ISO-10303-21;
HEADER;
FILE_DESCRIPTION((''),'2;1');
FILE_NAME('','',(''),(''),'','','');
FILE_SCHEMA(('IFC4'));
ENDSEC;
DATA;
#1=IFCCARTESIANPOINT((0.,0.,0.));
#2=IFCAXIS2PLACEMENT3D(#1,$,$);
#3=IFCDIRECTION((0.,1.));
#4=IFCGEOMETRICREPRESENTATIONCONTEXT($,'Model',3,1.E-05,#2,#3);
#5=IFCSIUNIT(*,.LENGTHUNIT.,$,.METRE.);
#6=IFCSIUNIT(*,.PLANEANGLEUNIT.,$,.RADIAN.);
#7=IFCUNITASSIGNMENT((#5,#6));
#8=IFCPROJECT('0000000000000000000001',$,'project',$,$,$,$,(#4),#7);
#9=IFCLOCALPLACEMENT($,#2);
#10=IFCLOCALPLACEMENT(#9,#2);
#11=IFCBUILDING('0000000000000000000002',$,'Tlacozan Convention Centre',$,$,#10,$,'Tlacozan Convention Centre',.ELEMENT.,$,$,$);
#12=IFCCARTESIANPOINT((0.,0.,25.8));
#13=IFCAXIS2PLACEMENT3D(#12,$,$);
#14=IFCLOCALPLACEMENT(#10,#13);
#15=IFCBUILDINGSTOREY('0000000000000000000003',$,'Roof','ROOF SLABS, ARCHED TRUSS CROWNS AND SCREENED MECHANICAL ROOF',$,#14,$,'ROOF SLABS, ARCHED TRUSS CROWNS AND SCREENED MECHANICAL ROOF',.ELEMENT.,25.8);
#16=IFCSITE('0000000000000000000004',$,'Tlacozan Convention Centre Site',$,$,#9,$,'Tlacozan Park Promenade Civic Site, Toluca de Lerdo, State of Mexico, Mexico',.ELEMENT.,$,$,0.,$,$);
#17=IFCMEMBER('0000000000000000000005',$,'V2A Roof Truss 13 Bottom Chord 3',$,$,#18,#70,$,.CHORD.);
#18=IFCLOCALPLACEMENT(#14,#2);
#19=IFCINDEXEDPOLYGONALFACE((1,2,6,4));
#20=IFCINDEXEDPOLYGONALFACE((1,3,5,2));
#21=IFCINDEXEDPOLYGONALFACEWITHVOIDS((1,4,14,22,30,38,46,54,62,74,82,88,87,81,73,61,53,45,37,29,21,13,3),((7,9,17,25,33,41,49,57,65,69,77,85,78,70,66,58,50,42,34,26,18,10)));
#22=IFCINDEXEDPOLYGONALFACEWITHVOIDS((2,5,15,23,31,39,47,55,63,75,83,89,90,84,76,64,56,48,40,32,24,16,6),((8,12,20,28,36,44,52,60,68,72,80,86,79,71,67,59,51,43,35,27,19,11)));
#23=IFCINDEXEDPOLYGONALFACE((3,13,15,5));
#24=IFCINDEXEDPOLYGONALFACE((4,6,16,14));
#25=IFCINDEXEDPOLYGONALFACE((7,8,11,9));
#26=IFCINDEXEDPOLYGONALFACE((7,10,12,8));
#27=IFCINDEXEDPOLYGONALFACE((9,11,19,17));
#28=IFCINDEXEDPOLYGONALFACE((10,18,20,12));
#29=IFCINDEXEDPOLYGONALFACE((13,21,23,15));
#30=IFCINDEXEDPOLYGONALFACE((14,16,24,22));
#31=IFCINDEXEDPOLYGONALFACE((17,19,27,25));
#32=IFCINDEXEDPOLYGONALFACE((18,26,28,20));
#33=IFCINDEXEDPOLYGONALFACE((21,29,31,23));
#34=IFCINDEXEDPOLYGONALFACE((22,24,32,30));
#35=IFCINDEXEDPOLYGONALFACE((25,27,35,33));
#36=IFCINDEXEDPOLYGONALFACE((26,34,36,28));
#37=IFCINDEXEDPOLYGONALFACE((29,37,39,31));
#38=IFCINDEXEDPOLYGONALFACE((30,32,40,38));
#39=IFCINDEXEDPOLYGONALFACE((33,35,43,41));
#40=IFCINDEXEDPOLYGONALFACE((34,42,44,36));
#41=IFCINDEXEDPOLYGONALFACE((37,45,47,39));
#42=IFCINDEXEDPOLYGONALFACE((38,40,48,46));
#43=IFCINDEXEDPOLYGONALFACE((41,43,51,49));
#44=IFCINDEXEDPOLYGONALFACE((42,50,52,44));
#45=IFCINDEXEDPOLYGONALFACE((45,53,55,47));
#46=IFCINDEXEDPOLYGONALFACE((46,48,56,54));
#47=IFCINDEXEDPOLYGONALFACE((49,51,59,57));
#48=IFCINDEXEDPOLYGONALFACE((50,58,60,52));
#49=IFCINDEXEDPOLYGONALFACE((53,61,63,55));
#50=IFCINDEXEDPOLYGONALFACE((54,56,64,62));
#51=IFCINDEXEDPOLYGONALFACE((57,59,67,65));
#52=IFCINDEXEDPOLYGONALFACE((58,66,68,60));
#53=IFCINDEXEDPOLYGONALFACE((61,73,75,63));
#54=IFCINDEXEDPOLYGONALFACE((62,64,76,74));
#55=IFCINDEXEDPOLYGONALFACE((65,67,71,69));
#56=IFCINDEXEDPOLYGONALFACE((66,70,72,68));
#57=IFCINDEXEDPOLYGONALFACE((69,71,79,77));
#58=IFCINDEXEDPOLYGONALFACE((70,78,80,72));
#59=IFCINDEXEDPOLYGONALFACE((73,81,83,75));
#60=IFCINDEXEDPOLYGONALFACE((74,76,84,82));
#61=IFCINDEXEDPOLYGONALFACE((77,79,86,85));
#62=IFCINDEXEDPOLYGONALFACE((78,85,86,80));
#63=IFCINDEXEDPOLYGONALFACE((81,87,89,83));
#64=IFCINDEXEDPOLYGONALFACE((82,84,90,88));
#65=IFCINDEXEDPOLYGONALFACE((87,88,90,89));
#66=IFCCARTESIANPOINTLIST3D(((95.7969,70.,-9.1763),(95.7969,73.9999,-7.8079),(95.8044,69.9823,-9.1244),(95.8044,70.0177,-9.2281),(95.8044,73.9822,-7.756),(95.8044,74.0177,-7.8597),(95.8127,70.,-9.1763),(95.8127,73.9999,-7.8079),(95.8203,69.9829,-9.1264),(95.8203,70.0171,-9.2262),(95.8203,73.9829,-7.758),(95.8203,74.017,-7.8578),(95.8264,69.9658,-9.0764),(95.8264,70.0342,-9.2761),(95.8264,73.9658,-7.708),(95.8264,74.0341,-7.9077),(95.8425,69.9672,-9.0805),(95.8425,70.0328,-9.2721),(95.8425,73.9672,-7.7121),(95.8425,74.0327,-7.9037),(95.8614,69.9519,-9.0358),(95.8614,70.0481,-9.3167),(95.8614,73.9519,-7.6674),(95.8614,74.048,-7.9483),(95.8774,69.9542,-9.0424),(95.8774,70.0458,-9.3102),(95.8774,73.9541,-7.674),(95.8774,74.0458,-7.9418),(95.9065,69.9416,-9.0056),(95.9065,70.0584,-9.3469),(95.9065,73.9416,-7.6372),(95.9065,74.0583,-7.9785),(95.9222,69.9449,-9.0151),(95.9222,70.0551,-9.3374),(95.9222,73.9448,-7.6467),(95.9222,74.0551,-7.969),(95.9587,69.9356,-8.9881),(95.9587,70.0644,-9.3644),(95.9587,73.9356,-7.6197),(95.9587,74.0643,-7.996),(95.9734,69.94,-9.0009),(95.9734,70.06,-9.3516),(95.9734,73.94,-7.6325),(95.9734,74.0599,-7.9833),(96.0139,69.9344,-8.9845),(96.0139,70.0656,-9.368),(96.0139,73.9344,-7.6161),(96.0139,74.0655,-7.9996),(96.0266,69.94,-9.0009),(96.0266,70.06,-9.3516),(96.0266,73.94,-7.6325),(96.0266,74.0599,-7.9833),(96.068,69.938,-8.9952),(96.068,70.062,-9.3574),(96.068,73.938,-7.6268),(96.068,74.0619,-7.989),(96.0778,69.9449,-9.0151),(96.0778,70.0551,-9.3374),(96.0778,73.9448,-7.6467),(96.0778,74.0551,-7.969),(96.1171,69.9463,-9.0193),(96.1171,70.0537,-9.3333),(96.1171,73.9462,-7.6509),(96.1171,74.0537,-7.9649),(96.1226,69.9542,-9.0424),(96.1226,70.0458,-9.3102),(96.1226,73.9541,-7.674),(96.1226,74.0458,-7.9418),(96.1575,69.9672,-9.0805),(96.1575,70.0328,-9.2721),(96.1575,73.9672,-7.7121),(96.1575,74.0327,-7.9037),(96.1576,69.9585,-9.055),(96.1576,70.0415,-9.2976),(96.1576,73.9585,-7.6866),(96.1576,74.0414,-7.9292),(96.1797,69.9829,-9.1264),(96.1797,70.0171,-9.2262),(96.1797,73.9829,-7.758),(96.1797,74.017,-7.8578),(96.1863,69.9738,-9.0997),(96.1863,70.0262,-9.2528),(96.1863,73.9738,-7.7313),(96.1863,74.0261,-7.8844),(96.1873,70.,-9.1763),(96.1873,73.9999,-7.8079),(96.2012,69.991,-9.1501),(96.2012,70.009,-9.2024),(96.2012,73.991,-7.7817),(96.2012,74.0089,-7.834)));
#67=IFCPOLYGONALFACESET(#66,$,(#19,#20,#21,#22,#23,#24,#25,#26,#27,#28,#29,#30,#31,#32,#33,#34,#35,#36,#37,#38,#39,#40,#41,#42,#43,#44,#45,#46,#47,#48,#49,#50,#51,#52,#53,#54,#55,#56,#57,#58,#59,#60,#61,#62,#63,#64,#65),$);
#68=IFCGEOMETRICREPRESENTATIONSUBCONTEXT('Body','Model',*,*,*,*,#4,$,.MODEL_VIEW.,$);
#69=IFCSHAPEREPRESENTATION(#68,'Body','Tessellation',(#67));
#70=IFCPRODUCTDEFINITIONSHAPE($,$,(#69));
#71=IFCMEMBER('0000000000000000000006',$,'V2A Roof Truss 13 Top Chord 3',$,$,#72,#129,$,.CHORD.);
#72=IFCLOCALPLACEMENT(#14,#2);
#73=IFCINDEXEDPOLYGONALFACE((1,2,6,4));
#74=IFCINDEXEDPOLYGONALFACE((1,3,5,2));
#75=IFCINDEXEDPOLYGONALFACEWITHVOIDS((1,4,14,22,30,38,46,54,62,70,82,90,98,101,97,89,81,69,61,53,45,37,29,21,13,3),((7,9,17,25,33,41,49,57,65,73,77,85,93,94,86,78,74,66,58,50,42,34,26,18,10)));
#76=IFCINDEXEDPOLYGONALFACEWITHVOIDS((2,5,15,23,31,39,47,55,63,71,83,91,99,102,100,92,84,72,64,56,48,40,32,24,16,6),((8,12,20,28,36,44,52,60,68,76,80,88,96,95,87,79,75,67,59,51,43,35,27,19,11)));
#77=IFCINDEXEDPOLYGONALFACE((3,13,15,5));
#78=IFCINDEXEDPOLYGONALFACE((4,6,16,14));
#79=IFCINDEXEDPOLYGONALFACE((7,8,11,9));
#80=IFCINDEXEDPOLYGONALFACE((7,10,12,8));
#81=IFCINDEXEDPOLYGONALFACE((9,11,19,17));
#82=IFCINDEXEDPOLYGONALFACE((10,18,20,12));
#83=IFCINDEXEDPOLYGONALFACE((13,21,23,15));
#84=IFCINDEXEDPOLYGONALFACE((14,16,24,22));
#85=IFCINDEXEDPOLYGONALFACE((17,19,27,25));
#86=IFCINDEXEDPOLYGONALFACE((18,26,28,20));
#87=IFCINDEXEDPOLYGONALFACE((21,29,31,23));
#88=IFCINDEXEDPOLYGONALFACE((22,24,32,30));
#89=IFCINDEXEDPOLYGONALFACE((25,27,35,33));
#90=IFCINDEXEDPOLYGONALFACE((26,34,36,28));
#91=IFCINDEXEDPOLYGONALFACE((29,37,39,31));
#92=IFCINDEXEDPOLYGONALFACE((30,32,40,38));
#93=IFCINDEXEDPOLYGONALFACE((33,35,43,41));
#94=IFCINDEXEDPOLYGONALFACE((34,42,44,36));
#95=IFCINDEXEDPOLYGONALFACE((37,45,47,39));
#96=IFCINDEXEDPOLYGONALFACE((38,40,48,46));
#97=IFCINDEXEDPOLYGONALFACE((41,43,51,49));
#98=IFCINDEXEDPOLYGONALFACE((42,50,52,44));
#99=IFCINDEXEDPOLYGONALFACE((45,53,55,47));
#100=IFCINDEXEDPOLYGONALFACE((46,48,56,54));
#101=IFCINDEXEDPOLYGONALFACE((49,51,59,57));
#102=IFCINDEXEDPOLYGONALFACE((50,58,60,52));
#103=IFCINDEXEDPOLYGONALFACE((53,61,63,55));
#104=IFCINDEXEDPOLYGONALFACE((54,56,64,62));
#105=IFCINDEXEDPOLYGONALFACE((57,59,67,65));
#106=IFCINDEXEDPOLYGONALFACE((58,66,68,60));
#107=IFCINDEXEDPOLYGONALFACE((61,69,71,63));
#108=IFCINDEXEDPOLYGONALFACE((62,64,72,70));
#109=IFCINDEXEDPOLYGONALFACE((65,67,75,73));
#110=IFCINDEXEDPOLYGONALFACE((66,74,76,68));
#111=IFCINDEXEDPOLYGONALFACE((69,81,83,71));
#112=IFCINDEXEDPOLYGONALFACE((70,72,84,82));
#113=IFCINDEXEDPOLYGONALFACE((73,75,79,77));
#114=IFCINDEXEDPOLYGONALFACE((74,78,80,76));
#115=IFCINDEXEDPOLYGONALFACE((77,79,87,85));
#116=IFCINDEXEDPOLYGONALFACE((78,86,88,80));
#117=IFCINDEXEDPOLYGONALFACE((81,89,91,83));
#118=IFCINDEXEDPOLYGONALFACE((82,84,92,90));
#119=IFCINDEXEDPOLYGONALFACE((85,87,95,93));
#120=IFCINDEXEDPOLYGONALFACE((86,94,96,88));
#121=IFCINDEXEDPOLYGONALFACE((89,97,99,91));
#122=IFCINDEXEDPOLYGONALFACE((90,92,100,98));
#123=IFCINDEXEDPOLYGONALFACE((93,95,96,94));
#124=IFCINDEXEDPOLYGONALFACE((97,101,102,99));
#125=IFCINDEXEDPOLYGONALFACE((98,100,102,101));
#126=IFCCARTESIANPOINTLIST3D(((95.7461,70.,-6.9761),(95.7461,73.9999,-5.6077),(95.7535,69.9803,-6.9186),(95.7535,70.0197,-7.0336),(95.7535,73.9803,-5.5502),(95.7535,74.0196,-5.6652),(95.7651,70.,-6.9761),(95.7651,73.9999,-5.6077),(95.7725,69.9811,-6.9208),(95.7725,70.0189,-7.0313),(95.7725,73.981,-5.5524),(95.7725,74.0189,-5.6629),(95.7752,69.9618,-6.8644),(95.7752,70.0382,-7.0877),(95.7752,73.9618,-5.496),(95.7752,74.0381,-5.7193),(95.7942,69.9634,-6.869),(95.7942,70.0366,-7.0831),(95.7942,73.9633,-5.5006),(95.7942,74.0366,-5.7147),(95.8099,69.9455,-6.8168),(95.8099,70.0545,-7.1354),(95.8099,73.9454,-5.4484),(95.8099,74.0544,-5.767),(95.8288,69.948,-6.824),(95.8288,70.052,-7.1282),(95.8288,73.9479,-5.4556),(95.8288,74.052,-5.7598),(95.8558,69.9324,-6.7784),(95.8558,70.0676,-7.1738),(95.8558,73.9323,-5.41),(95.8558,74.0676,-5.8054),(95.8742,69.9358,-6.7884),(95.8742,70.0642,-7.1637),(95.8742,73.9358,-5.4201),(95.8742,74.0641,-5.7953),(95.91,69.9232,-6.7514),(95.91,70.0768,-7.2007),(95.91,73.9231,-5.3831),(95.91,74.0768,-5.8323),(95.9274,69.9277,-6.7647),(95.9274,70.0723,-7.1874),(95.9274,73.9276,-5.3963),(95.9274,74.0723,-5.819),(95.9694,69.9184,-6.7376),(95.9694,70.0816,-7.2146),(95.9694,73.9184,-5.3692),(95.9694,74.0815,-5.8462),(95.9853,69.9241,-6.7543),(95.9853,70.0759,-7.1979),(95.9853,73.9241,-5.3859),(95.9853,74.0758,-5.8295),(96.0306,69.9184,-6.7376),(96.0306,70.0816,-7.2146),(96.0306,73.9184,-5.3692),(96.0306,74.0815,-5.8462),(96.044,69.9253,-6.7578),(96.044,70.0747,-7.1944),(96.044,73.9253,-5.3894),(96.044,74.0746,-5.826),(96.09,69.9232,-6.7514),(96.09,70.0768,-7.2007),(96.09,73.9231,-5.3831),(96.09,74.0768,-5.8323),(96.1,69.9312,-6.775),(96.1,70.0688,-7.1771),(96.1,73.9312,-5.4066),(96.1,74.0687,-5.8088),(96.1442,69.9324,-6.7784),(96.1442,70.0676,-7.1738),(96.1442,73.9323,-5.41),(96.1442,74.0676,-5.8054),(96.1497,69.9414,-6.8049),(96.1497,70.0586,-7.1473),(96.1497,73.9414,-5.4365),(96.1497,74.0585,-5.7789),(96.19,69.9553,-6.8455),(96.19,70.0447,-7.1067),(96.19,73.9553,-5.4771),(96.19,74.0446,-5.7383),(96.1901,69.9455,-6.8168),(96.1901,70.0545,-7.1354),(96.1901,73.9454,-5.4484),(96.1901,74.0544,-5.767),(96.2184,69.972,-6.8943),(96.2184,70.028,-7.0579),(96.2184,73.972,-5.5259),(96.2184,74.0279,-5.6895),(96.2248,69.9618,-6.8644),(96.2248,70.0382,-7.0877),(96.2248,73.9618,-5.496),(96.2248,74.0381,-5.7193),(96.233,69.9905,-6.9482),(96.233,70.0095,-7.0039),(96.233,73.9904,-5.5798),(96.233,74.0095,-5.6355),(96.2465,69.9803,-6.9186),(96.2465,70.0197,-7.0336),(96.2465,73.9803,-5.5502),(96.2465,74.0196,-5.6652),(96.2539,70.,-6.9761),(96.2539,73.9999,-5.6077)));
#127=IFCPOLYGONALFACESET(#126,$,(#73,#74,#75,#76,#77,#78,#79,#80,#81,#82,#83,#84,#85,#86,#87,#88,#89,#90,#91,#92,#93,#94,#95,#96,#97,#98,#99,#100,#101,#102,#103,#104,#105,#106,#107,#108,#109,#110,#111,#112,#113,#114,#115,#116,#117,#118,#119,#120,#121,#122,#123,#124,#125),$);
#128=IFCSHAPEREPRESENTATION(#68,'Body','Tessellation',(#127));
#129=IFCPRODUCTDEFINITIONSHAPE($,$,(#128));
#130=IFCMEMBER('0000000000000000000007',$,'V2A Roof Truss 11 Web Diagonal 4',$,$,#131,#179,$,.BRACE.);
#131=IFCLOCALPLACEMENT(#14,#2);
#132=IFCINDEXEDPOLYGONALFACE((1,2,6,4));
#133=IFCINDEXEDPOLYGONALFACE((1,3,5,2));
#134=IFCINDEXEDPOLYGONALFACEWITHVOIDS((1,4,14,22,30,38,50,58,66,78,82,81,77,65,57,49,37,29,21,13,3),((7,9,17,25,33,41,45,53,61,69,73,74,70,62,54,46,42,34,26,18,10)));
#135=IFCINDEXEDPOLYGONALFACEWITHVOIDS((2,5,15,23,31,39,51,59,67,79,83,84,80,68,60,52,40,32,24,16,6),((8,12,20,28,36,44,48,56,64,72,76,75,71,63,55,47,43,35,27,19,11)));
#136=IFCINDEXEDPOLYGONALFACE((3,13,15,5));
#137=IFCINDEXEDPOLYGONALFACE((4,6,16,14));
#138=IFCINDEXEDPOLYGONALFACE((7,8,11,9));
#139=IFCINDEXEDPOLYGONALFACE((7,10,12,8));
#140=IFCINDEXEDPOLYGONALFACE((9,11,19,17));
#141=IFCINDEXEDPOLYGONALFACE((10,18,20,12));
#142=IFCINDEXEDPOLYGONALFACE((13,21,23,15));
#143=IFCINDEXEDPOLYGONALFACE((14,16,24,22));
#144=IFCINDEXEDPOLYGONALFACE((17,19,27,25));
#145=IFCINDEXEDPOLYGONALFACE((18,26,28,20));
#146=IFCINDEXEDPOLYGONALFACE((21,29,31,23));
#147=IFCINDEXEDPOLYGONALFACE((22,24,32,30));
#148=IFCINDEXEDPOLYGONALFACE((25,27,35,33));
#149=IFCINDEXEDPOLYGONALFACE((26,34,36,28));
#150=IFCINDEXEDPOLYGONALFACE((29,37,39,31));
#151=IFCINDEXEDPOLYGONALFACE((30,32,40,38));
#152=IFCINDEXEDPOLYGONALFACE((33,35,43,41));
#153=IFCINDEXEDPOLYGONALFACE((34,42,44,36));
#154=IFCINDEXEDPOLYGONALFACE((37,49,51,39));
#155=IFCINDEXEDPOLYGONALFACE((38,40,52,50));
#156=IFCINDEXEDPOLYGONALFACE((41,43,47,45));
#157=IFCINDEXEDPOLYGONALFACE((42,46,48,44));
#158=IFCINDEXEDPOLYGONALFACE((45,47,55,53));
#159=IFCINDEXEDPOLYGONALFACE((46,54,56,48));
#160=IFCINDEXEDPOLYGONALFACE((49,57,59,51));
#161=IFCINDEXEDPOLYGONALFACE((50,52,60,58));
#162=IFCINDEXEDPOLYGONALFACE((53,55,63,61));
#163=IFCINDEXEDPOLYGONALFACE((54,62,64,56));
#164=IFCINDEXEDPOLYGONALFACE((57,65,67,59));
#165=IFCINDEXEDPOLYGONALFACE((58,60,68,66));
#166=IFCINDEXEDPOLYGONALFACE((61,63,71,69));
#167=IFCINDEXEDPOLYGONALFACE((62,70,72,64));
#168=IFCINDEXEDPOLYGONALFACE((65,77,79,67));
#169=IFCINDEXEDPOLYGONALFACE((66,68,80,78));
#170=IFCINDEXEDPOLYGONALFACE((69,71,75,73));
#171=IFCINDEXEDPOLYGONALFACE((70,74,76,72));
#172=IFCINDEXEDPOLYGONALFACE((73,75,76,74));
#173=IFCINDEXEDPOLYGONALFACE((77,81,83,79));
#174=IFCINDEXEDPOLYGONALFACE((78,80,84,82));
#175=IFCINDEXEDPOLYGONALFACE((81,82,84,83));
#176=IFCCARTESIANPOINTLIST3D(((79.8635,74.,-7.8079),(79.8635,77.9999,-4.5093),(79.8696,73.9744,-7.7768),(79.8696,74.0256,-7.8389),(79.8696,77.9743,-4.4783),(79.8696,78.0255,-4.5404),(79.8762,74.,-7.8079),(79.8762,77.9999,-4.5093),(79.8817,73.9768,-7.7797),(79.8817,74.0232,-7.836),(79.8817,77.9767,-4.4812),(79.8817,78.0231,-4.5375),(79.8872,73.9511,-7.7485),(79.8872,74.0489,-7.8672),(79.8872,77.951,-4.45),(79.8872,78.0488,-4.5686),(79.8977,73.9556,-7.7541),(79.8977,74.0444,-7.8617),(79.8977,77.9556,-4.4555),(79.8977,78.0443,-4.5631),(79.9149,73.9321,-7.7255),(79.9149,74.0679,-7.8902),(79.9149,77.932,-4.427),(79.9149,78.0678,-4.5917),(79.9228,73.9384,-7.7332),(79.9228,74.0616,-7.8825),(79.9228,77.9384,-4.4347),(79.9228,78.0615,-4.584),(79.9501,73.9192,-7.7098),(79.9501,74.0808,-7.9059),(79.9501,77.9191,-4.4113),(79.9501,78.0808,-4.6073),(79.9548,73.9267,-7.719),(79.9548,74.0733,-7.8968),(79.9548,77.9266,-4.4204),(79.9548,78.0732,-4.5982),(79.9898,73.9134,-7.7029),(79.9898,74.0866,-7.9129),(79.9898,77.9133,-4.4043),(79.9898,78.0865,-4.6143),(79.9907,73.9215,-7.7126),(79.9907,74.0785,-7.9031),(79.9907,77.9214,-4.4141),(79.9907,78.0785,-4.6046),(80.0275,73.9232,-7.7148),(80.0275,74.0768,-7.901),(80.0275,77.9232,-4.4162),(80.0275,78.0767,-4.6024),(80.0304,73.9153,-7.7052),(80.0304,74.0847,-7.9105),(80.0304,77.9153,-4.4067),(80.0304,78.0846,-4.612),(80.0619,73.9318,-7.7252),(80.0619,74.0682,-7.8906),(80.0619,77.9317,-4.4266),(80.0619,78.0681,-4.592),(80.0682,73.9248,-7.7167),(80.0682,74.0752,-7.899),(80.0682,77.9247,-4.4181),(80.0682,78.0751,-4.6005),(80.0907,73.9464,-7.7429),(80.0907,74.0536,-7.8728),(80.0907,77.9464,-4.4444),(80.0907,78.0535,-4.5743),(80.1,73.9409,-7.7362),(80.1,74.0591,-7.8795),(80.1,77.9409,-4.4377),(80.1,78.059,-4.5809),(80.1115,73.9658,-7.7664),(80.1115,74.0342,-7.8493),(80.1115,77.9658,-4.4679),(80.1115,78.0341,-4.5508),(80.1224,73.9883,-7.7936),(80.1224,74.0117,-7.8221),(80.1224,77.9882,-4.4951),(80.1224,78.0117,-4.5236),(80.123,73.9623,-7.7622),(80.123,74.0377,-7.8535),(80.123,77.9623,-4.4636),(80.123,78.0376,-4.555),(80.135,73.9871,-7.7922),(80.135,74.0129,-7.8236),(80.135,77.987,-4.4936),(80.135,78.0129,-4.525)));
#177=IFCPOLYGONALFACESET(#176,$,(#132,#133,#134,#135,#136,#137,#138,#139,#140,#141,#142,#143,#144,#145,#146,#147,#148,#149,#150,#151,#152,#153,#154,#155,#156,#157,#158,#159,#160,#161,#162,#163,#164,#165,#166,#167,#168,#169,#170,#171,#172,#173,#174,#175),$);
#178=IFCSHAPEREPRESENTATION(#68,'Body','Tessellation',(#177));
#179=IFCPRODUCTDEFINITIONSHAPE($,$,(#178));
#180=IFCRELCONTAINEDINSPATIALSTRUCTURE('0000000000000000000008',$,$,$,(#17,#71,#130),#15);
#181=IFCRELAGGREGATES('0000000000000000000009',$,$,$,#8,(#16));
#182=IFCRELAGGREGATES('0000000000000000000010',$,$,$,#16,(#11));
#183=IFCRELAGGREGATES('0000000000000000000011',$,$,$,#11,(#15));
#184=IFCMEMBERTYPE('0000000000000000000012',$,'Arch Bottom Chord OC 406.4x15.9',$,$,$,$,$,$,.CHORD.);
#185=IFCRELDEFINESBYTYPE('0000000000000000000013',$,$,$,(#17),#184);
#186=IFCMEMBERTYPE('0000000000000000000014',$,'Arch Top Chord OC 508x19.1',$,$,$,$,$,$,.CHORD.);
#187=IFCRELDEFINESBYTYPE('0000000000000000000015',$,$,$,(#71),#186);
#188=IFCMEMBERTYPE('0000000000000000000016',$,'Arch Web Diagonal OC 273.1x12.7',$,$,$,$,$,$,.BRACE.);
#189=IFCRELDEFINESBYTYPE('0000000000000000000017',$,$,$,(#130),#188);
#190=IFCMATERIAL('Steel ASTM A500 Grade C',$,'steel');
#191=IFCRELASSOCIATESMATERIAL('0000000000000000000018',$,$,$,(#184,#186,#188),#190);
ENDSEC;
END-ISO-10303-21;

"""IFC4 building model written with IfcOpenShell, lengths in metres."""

from ifc_helpers import new_model, si_unit, direction, frame, origin, origin_2d, place, context, subcontext, project, spatial, hollow_circle, extrude, material, material_profile, profile_set, type_object, element, save


model = new_model("IFC4")

# Units and contexts
model_context = context("Model", 3, precision=1e-05, world=origin(), true_north=direction((0.0, 1.0)))
body_context = subcontext(model_context, "Body", "Model", "MODEL_VIEW")
ifc_project = project(units=[si_unit("LENGTHUNIT", "METRE"), si_unit("PLANEANGLEUNIT", "RADIAN")], contexts=[model_context])

# Site, building, storey
site_placement = place(None, origin())
site = spatial("IfcSite", under=ifc_project, at=site_placement, Name="Tlacozan Convention Centre Site", LongName="Tlacozan Park Promenade Civic Site, Toluca de Lerdo, State of Mexico, Mexico", CompositionType="ELEMENT", RefElevation=0.0)
building_placement = place(site_placement, origin())
building = spatial("IfcBuilding", under=site, at=building_placement, Name="Tlacozan Convention Centre", LongName="Tlacozan Convention Centre", CompositionType="ELEMENT")
storey_placement = place(building_placement, frame((0.0, 0.0, 25.8)))
storey = spatial("IfcBuildingStorey", under=building, at=storey_placement, Name="Roof", Description="ROOF SLABS, ARCHED TRUSS CROWNS AND SCREENED MECHANICAL ROOF", LongName="ROOF SLABS, ARCHED TRUSS CROWNS AND SCREENED MECHANICAL ROOF", CompositionType="ELEMENT", Elevation=25.8)

# Members
ifc_material_1 = material(Name="Steel ASTM A500 Grade C", Category="steel")
ifc_material_profile_1 = material_profile(ifc_material_1, hollow_circle(Radius=0.2031, WallThickness=0.0159, at=origin_2d()), Name="OC 406.4x15.9")
ifc_profile_set_1 = profile_set([ifc_material_profile_1], Name="Steel ASTM A500 Grade C")
member_type_1 = type_object("IfcMemberType", Name="Arch Bottom Chord OC 406.4x15.9", PredefinedType="CHORD", material=ifc_profile_set_1)
member_1_placement = place(storey_placement, frame((96.0, 70.0, -9.1763), z_axis=(0.0, 0.946165, 0.323685), x_axis=(-1.0, 0.0, 0.0)))
element("IfcMember", 1, at=member_1_placement, inside=storey, type_object=member_type_1, Name="V2A Roof Truss 13 Bottom Chord 3", PredefinedType="CHORD", context=body_context, shape_type="SweptSolid", body=[
    extrude(hollow_circle(Radius=0.2031, WallThickness=0.0159, at=origin_2d()), origin(), (0.0, 0.0, 1.0), 4.2275),
])
ifc_material_profile_2 = material_profile(ifc_material_1, hollow_circle(Radius=0.2539, WallThickness=0.019, at=origin_2d()), Name="OC 508.0x19.1")
ifc_profile_set_2 = profile_set([ifc_material_profile_2], Name="Steel ASTM A500 Grade C")
member_type_2 = type_object("IfcMemberType", Name="Arch Top Chord OC 508x19.1", PredefinedType="CHORD", material=ifc_profile_set_2)
member_2_placement = place(storey_placement, frame((96.0, 70.0, -6.9761), z_axis=(0.0, 0.946165, 0.323685), x_axis=(-1.0, 0.0, 0.0)))
element("IfcMember", 2, at=member_2_placement, inside=storey, type_object=member_type_2, Name="V2A Roof Truss 13 Top Chord 3", PredefinedType="CHORD", context=body_context, shape_type="SweptSolid", body=[
    extrude(hollow_circle(Radius=0.2539, WallThickness=0.019, at=origin_2d()), origin(), (0.0, 0.0, 1.0), 4.2275),
])
ifc_material_profile_3 = material_profile(ifc_material_1, hollow_circle(Radius=0.1365, WallThickness=0.0127, at=origin_2d()), Name="OC 273.1x12.7")
ifc_profile_set_3 = profile_set([ifc_material_profile_3], Name="Steel ASTM A500 Grade C")
member_type_3 = type_object("IfcMemberType", Name="Arch Web Diagonal OC 273.1x12.7", PredefinedType="BRACE", material=ifc_profile_set_3)
member_3_placement = place(storey_placement, frame((80.0, 74.0, -7.8079), z_axis=(0.0, 0.771507, 0.63622), x_axis=(-1.0, 0.0, 0.0)))
element("IfcMember", 3, at=member_3_placement, inside=storey, type_object=member_type_3, Name="V2A Roof Truss 11 Web Diagonal 4", PredefinedType="BRACE", context=body_context, shape_type="SweptSolid", body=[
    extrude(hollow_circle(Radius=0.1365, WallThickness=0.0127, at=origin_2d()), origin(), (0.0, 0.0, 1.0), 5.1846),
])

save(model, "model.ifc")
